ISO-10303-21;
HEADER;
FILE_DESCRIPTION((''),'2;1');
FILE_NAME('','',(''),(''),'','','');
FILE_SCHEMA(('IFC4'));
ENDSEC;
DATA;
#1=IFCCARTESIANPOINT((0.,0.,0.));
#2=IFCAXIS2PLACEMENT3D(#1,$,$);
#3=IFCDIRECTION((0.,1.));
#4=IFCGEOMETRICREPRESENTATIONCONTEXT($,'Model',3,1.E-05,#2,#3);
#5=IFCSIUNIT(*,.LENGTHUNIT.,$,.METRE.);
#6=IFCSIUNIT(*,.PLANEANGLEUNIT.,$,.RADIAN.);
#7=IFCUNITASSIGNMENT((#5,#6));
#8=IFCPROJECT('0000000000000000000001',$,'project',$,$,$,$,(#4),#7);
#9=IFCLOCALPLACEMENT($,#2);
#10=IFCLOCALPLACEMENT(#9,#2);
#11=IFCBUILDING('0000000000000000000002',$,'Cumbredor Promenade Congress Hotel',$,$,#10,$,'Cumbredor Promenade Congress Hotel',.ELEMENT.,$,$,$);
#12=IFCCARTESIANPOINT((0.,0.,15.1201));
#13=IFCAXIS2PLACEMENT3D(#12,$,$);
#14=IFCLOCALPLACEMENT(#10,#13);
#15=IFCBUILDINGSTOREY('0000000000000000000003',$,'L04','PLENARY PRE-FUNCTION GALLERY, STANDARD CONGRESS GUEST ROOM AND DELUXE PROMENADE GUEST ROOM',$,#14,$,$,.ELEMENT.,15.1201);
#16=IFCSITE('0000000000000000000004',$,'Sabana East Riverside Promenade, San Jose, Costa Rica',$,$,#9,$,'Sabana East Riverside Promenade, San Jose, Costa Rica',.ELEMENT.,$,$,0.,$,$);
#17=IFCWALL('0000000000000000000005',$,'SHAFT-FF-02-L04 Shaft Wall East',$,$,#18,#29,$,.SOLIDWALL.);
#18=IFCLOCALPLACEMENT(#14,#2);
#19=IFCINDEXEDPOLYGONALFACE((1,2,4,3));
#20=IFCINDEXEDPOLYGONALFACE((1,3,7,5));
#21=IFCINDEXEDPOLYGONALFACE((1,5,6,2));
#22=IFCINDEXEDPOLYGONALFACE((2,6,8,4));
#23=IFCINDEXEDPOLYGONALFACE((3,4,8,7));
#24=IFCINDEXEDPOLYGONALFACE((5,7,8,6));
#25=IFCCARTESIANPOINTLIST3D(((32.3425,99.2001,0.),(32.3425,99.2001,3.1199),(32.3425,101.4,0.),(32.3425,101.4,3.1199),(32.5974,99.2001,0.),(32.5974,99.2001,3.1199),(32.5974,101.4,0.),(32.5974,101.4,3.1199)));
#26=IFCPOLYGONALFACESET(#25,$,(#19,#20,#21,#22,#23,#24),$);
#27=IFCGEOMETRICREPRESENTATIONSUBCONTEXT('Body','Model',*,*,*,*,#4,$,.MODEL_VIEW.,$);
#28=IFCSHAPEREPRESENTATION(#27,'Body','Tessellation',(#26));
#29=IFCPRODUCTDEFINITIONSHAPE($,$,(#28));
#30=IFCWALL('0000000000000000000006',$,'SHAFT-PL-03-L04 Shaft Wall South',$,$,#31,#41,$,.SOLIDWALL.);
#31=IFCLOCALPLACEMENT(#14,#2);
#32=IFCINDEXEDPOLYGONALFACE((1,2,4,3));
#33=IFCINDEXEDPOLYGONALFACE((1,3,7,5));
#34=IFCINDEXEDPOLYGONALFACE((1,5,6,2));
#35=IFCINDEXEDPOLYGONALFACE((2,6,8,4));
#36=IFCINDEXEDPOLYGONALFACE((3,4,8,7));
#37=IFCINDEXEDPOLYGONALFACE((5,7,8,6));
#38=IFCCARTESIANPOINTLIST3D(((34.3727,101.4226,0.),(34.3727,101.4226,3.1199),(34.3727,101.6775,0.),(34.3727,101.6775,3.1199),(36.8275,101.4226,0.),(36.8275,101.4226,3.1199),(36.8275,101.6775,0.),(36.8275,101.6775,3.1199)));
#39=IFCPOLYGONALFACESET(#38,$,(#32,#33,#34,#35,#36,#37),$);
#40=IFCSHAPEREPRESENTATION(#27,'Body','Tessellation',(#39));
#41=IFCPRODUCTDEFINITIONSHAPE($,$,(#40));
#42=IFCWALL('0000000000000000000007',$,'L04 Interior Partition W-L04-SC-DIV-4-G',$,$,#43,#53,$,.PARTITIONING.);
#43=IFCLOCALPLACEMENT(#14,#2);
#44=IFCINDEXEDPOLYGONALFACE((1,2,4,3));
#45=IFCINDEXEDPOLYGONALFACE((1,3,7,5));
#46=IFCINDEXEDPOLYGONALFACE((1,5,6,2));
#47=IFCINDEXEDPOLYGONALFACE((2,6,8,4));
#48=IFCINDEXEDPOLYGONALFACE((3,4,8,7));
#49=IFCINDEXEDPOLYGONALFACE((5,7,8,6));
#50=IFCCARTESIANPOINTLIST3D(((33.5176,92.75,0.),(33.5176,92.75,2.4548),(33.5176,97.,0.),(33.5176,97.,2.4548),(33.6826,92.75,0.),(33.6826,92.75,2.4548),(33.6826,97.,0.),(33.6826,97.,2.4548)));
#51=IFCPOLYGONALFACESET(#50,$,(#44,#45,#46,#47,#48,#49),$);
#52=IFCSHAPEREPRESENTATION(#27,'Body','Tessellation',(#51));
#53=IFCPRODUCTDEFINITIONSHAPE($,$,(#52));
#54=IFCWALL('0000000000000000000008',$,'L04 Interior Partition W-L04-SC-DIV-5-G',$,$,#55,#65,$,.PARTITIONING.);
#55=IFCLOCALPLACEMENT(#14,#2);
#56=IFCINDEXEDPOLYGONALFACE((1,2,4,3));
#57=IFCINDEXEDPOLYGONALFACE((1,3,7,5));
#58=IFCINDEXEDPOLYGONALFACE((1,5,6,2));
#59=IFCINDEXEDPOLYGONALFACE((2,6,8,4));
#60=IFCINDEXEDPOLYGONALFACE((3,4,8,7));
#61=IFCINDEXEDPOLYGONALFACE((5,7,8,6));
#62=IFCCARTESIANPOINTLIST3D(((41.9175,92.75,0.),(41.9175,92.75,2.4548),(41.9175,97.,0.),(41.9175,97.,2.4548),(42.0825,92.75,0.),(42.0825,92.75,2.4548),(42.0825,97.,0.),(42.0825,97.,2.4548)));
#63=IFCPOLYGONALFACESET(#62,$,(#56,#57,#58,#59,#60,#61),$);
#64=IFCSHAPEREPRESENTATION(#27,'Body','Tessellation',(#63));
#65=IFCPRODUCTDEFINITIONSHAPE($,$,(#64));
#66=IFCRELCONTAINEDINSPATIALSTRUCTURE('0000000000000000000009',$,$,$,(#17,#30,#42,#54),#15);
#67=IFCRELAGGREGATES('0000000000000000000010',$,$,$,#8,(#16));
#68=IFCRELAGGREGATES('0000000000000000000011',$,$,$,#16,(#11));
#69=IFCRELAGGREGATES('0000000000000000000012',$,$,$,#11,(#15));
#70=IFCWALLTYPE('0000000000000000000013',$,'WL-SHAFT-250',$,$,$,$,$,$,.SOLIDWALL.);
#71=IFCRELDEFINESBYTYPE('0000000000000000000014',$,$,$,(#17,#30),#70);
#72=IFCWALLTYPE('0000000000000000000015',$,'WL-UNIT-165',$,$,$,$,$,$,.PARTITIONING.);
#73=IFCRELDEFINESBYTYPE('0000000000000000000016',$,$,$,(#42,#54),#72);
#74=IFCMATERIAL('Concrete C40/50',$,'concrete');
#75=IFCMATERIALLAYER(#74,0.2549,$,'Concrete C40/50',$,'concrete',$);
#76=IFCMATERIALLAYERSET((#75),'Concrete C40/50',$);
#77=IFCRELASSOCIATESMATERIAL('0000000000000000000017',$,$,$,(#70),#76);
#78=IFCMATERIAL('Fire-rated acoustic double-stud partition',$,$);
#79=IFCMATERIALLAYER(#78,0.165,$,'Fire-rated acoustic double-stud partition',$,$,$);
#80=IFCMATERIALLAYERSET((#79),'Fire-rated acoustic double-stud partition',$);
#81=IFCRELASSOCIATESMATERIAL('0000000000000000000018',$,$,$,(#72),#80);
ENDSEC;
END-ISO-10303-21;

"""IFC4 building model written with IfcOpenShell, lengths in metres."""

from ifc_helpers import new_model, si_unit, direction, frame, frame_2d, origin, place, context, subcontext, project, spatial, rectangle, extrude, material, layer, layer_set, type_object, element, save


model = new_model("IFC4")

# Units and contexts
model_context = context("Model", 3, precision=1e-05, world=origin(), true_north=direction((0.0, 1.0)))
body_context = subcontext(model_context, "Body", "Model", "MODEL_VIEW")
ifc_project = project(units=[si_unit("LENGTHUNIT", "METRE"), si_unit("PLANEANGLEUNIT", "RADIAN")], contexts=[model_context])

# Site, building, storey
site_placement = place(None, origin())
site = spatial("IfcSite", under=ifc_project, at=site_placement, Name="Sabana East Riverside Promenade, San Jose, Costa Rica", LongName="Sabana East Riverside Promenade, San Jose, Costa Rica", CompositionType="ELEMENT", RefElevation=0.0)
building_placement = place(site_placement, origin())
building = spatial("IfcBuilding", under=site, at=building_placement, Name="Cumbredor Promenade Congress Hotel", LongName="Cumbredor Promenade Congress Hotel", CompositionType="ELEMENT")
storey_placement = place(building_placement, frame((0.0, 0.0, 15.1201)))
storey = spatial("IfcBuildingStorey", under=building, at=storey_placement, Name="L04", Description="PLENARY PRE-FUNCTION GALLERY, STANDARD CONGRESS GUEST ROOM AND DELUXE PROMENADE GUEST ROOM", CompositionType="ELEMENT", Elevation=15.1201)

# Shared definitions
ifc_material_1 = material(Name="Concrete C40/50", Category="concrete")

# Walls
ifc_layer_1 = layer(ifc_material_1, 0.2549, Name="Concrete C40/50", Category="concrete")
ifc_layer_set_1 = layer_set([ifc_layer_1], Name="Concrete C40/50")
wall_type_1 = type_object("IfcWallType", Name="WL-SHAFT-250", PredefinedType="SOLIDWALL", material=ifc_layer_set_1)
wall_1_placement = place(storey_placement, frame((32.47, 99.2, 0.0), z_axis=(0.0, 0.0, 1.0), x_axis=(0.0, 1.0, 0.0)))
element("IfcWall", 1, at=wall_1_placement, inside=storey, type_object=wall_type_1, Name="SHAFT-FF-02-L04 Shaft Wall East", PredefinedType="SOLIDWALL", context=body_context, shape_type="SweptSolid", body=[
    extrude(rectangle(XDim=2.2, YDim=0.2549, at=frame_2d((1.1001, 0.0))), origin(), (0.0, 0.0, 1.0), 3.1199),
])
wall_2_placement = place(storey_placement, frame((34.3726, 101.55, 0.0), z_axis=(0.0, 0.0, 1.0), x_axis=(1.0, 0.0, 0.0)))
element("IfcWall", 2, at=wall_2_placement, inside=storey, type_object=wall_type_1, Name="SHAFT-PL-03-L04 Shaft Wall South", PredefinedType="SOLIDWALL", context=body_context, shape_type="SweptSolid", body=[
    extrude(rectangle(XDim=2.4548, YDim=0.2549, at=frame_2d((1.2275, 0.0))), origin(), (0.0, 0.0, 1.0), 3.1199),
])
ifc_material_2 = material(Name="Fire-rated acoustic double-stud partition")
ifc_layer_2 = layer(ifc_material_2, 0.165, Name="Fire-rated acoustic double-stud partition")
ifc_layer_set_2 = layer_set([ifc_layer_2], Name="Fire-rated acoustic double-stud partition")
wall_type_2 = type_object("IfcWallType", Name="WL-UNIT-165", PredefinedType="PARTITIONING", material=ifc_layer_set_2)
for number, where, z_axis, x_axis, name in (
    (3, (33.6001, 92.75, 0.0), (0.0, 0.0, 1.0), (0.0, 1.0, 0.0), "L04 Interior Partition W-L04-SC-DIV-4-G"),
    (4, (42.0, 92.75, 0.0), (0.0, 0.0, 1.0), (0.0, 1.0, 0.0), "L04 Interior Partition W-L04-SC-DIV-5-G"),
):
    element("IfcWall", number, at=place(storey_placement, frame(where, z_axis=z_axis, x_axis=x_axis)), inside=storey, type_object=wall_type_2, Name=name, PredefinedType="PARTITIONING", context=body_context, shape_type="SweptSolid", body=[
        extrude(rectangle(XDim=4.25, YDim=0.165, at=frame_2d((2.125, 0.0))), origin(), (0.0, 0.0, 1.0), 2.4548),
    ])

save(model, "model.ifc")
